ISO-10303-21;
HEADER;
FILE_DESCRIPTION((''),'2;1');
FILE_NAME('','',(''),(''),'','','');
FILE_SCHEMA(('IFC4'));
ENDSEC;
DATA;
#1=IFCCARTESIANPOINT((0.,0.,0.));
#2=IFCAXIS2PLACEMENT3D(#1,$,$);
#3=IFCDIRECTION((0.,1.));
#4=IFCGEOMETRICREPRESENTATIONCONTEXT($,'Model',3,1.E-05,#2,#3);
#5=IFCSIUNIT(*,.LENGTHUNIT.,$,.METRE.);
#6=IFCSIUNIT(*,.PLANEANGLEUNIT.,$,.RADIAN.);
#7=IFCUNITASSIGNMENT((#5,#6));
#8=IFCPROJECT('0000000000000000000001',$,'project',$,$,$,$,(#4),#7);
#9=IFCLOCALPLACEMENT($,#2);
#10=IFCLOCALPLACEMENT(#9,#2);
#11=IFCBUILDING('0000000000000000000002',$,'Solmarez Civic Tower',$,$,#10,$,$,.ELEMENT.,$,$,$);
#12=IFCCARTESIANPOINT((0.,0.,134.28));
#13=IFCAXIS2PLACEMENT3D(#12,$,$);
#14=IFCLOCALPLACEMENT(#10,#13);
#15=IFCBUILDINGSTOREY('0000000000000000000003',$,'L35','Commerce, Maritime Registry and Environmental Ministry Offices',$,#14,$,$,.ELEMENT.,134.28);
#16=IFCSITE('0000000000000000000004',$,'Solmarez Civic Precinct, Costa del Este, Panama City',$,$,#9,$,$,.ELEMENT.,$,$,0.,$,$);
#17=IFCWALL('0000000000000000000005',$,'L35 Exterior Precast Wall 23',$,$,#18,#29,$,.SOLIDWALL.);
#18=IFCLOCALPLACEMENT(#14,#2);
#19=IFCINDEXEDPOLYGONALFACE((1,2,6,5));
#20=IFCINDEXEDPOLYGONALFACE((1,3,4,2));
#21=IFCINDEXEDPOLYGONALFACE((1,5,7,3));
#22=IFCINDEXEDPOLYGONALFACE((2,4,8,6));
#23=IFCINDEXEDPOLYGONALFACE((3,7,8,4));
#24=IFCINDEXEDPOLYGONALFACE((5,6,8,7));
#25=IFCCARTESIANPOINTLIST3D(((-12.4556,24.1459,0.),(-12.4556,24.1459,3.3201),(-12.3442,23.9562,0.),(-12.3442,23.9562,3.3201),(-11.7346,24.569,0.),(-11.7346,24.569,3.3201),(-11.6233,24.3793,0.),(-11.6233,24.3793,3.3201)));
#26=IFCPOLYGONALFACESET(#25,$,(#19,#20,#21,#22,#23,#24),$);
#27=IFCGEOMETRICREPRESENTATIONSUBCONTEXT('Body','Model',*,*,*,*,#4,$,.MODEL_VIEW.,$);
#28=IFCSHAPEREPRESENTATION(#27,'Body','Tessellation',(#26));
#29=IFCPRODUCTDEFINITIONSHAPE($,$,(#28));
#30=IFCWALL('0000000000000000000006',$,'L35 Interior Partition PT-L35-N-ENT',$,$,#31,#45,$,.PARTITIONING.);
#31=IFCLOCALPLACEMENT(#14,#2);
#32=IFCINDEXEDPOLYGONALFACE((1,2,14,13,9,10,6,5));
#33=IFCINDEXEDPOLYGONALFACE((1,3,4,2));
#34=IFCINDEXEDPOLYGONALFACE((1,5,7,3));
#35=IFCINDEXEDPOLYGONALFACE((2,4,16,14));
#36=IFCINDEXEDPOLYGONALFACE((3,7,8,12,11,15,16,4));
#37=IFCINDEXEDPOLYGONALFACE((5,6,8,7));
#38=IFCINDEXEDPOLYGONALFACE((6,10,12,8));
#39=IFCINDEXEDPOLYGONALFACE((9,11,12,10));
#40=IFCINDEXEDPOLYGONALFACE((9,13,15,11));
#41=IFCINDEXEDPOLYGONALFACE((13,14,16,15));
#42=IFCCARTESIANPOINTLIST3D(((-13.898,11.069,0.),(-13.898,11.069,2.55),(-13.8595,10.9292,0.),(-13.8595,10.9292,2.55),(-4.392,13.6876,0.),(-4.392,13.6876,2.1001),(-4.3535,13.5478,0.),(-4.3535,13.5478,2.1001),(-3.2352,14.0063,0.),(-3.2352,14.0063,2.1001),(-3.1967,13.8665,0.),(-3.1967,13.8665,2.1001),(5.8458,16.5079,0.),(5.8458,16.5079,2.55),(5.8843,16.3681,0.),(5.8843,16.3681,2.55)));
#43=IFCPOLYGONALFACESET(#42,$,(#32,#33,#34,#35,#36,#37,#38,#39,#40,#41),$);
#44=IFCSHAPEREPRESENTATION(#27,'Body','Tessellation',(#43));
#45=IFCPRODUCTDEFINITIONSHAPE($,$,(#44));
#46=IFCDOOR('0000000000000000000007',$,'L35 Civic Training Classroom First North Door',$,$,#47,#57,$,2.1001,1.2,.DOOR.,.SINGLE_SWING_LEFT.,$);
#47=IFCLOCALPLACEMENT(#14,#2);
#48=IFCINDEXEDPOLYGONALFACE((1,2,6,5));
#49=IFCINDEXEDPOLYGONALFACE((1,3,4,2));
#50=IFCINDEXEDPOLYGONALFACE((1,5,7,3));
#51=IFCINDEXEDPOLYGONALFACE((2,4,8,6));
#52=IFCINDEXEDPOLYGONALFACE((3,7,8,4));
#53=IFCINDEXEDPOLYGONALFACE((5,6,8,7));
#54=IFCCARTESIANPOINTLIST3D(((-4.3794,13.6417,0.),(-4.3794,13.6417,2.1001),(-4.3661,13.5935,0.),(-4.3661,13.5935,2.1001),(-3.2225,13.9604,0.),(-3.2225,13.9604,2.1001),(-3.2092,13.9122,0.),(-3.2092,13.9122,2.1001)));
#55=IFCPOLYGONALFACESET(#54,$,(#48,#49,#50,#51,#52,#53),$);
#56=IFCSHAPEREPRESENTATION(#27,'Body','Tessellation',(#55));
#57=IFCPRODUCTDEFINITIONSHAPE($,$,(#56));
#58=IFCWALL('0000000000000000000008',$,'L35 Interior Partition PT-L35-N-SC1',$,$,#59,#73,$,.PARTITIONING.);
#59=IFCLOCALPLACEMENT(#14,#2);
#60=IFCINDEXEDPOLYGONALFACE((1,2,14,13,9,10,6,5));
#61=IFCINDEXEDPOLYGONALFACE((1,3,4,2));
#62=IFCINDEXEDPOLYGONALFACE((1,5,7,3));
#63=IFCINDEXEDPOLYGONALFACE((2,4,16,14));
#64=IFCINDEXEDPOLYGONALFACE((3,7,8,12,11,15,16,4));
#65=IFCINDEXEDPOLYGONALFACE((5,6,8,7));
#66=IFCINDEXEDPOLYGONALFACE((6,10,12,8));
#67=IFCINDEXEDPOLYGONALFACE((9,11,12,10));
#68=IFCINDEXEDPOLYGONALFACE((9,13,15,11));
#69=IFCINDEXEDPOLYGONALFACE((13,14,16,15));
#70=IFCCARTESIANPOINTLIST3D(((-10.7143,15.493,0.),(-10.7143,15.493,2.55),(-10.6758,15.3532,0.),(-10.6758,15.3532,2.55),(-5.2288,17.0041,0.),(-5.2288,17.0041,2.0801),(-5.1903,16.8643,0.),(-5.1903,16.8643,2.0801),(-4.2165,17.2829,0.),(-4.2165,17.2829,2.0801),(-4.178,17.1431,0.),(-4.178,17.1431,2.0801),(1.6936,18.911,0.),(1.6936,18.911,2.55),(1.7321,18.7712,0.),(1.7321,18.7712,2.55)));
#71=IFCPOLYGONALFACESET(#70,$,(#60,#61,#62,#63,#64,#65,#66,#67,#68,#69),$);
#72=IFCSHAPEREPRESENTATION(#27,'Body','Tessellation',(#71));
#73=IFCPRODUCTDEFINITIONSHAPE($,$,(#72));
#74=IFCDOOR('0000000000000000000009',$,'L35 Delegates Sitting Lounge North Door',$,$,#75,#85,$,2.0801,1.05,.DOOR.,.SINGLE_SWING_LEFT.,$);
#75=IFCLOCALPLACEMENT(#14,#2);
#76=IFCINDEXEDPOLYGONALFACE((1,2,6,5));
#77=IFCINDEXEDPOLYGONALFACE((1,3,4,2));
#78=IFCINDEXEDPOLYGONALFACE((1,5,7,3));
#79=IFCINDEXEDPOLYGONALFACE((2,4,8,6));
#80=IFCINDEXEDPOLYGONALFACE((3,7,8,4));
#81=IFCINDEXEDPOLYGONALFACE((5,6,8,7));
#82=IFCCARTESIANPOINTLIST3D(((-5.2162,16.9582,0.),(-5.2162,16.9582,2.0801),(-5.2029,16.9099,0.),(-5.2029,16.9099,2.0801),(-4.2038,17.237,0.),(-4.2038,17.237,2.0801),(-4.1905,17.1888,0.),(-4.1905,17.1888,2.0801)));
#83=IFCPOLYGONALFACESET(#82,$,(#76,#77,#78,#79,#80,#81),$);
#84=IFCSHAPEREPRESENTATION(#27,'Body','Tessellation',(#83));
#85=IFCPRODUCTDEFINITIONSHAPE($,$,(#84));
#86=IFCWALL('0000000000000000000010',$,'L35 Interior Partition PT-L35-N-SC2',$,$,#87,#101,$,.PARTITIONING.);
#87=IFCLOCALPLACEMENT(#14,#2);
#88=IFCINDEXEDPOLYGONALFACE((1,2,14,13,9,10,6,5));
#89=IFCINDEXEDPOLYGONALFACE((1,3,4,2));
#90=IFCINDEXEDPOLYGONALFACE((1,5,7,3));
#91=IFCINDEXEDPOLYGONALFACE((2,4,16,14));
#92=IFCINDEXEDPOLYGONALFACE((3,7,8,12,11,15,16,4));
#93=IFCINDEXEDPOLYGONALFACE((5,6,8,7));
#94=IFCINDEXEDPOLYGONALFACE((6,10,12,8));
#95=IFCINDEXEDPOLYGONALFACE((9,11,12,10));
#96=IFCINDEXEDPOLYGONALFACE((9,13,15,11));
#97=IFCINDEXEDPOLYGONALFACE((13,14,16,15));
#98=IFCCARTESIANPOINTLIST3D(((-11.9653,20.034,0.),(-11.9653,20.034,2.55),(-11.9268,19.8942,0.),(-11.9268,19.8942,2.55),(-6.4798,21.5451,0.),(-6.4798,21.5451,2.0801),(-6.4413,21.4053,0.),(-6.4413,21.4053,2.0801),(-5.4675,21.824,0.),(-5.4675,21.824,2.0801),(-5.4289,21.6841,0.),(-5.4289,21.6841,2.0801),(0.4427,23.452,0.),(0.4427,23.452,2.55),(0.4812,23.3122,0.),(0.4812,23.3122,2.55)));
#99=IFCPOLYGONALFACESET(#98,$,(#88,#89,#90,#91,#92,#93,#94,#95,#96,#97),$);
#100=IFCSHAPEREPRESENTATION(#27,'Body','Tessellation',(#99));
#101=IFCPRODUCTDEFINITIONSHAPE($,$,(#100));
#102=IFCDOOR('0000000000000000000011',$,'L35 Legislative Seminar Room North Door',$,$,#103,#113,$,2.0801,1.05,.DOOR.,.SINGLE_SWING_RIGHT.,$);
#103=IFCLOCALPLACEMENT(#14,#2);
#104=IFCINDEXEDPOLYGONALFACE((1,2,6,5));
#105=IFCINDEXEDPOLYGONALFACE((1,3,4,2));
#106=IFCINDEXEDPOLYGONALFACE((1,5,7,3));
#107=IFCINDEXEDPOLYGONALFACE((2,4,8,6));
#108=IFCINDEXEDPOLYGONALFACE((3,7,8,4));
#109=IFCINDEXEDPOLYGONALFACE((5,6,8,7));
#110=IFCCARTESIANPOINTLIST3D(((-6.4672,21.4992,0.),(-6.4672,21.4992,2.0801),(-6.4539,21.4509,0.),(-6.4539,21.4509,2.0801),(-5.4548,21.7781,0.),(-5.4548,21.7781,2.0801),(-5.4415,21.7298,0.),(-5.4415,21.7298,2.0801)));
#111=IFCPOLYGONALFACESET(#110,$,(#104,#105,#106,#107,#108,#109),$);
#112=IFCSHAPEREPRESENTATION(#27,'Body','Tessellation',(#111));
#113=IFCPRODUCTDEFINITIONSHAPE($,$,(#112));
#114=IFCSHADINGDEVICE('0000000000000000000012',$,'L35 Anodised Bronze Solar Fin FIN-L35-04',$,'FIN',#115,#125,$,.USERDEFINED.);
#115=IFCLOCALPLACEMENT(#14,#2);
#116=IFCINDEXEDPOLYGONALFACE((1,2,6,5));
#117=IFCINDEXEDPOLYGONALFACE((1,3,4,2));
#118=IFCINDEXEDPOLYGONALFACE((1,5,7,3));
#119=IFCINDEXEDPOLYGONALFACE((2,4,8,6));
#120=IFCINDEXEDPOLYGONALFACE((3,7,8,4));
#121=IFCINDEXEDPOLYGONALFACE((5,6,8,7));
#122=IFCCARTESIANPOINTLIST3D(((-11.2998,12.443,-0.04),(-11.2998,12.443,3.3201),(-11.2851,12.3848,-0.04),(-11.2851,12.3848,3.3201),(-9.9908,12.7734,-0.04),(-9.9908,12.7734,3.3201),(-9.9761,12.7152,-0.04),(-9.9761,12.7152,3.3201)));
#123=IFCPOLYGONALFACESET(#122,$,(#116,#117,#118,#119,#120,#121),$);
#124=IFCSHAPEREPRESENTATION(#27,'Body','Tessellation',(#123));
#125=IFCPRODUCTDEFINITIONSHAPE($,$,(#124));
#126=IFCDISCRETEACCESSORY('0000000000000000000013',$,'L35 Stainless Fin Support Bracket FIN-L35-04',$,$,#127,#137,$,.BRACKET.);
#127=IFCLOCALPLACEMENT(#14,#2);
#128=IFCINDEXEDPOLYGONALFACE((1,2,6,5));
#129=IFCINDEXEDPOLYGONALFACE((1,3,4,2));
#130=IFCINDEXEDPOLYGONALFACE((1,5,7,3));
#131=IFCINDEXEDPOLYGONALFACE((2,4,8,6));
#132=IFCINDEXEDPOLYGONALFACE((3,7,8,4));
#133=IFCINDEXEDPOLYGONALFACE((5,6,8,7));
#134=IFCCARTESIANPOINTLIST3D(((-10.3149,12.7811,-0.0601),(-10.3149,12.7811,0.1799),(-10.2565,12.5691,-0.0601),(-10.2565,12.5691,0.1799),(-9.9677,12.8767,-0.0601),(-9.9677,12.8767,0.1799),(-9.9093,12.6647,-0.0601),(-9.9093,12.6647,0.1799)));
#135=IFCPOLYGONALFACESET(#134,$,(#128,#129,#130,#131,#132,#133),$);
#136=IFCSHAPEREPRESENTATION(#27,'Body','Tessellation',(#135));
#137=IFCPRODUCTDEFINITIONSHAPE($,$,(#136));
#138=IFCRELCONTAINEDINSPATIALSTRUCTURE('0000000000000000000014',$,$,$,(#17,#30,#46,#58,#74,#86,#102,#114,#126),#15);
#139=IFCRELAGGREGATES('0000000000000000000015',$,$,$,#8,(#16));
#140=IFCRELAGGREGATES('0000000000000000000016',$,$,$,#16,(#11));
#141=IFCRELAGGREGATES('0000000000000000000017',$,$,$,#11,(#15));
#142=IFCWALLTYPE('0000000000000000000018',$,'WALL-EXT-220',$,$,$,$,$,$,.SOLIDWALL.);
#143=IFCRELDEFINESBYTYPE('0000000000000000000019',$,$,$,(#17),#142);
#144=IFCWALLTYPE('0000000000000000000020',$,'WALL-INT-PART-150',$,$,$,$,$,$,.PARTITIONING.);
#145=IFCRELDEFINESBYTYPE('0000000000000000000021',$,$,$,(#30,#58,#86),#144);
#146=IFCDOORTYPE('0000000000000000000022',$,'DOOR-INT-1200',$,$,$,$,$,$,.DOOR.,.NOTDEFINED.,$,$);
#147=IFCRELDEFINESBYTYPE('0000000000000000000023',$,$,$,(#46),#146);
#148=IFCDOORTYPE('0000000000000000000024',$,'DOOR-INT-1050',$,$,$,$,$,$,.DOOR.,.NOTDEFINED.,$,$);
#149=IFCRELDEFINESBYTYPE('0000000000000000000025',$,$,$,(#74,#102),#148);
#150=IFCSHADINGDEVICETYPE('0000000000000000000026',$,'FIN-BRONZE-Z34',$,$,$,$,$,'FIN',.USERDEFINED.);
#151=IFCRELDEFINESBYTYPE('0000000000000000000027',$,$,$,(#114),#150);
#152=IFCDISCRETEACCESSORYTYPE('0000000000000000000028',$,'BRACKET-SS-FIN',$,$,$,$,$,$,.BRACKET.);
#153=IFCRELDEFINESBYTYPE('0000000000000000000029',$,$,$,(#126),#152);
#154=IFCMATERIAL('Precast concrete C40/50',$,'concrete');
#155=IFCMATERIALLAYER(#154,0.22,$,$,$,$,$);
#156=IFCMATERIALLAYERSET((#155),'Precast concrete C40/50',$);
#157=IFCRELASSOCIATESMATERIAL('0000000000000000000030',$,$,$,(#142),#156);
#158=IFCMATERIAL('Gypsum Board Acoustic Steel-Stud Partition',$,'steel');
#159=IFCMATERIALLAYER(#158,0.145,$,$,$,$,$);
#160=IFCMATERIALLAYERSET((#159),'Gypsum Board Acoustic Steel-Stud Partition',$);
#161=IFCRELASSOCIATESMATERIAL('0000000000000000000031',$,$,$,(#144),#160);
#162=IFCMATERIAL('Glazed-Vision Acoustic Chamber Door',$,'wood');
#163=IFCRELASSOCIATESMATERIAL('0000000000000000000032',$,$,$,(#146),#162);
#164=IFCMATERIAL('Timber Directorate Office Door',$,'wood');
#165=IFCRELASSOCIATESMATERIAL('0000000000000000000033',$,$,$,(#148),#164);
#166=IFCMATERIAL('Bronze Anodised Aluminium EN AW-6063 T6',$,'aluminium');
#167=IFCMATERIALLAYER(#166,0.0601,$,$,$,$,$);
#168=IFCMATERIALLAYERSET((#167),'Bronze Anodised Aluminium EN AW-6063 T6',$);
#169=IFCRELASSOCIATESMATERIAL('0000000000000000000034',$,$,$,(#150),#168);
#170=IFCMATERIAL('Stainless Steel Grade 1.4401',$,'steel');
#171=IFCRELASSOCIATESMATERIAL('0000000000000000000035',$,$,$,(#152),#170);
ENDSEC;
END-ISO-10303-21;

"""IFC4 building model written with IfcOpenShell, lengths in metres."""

from ifc_helpers import new_model, si_unit, direction, frame, frame_2d, origin, origin_2d, place, context, subcontext, project, spatial, rectangle, extrude, material, layer, layer_set, type_object, element, fill, save


model = new_model("IFC4")

# Units and contexts
model_context = context("Model", 3, precision=1e-05, world=origin(), true_north=direction((0.0, 1.0)))
body_context = subcontext(model_context, "Body", "Model", "MODEL_VIEW")
ifc_project = project(units=[si_unit("LENGTHUNIT", "METRE"), si_unit("PLANEANGLEUNIT", "RADIAN")], contexts=[model_context])

# Site, building, storey
site_placement = place(None, origin())
site = spatial("IfcSite", under=ifc_project, at=site_placement, Name="Solmarez Civic Precinct, Costa del Este, Panama City", CompositionType="ELEMENT", RefElevation=0.0)
building_placement = place(site_placement, origin())
building = spatial("IfcBuilding", under=site, at=building_placement, Name="Solmarez Civic Tower", CompositionType="ELEMENT")
storey_placement = place(building_placement, frame((0.0, 0.0, 134.28)))
storey = spatial("IfcBuildingStorey", under=building, at=storey_placement, Name="L35", Description="Commerce, Maritime Registry and Environmental Ministry Offices", CompositionType="ELEMENT", Elevation=134.28)

# Shared definitions
ifc_material_1 = material(Name="Bronze Anodised Aluminium EN AW-6063 T6", Category="aluminium")

# Shared definitions
ifc_material_2 = material(Name="Precast concrete C40/50", Category="concrete")
ifc_layer_1 = layer(ifc_material_2, 0.22)
ifc_layer_set_1 = layer_set([ifc_layer_1], Name="Precast concrete C40/50")
wall_type_1 = type_object("IfcWallType", Name="WALL-EXT-220", PredefinedType="SOLIDWALL", material=ifc_layer_set_1)

# Wall
wall_1_placement = place(storey_placement, frame((-12.3999, 24.051, 0.0), z_axis=(0.0, 0.0, 1.0), x_axis=(0.862452, 0.506139, 0.0)))
element("IfcWall", 1, at=wall_1_placement, inside=storey, type_object=wall_type_1, Name="L35 Exterior Precast Wall 23", PredefinedType="SOLIDWALL", context=body_context, shape_type="SweptSolid", body=[
    extrude(rectangle(XDim=0.8359, YDim=0.22, at=frame_2d((0.418, 0.0))), origin(), (0.0, 0.0, 1.0), 3.3201),
])

# Walls, openings, doors
ifc_material_3 = material(Name="Gypsum Board Acoustic Steel-Stud Partition", Category="steel")
ifc_layer_2 = layer(ifc_material_3, 0.145)
ifc_layer_set_2 = layer_set([ifc_layer_2], Name="Gypsum Board Acoustic Steel-Stud Partition")
wall_type_2 = type_object("IfcWallType", Name="WALL-INT-PART-150", PredefinedType="PARTITIONING", material=ifc_layer_set_2)
wall_2_placement = place(storey_placement, frame((-13.8789, 10.999, 0.0), z_axis=(0.0, 0.0, 1.0), x_axis=(0.964088, 0.265583, 0.0)))
wall_2 = element("IfcWall", 2, at=wall_2_placement, inside=storey, type_object=wall_type_2, Name="L35 Interior Partition PT-L35-N-ENT", PredefinedType="PARTITIONING", context=body_context, shape_type="SweptSolid", body=[
    extrude(rectangle(XDim=20.4792, YDim=0.145, at=frame_2d((10.2397, 0.0))), origin(), (0.0, 0.0, 1.0), 2.55),
])
opening_1_placement = place(wall_2_placement, frame((9.8601, 0.0, 0.0)))
opening_1 = element("IfcOpeningElement", 3, at=opening_1_placement, cuts=wall_2, PredefinedType="OPENING", context=body_context, shape_type="SweptSolid", body=[
    extrude(rectangle(XDim=1.2, YDim=2.1001, at=frame_2d((0.6001, 1.05))), frame((0.0, 0.0825, 0.0), z_axis=(0.0, -1.0, 0.0), x_axis=(1.0, 0.0, 0.0)), (0.0, 0.0, 1.0), 0.165),
])
ifc_material_4 = material(Name="Glazed-Vision Acoustic Chamber Door", Category="wood")
door_type_1 = type_object("IfcDoorType", Name="DOOR-INT-1200", OperationType="NOTDEFINED", PredefinedType="DOOR", material=ifc_material_4)
door_1_placement = place(opening_1_placement, origin())
door_1 = element("IfcDoor", 4, at=door_1_placement, inside=storey, type_object=door_type_1, Name="L35 Civic Training Classroom First North Door", OperationType="SINGLE_SWING_LEFT", OverallHeight=2.1001, OverallWidth=1.2, PredefinedType="DOOR", context=body_context, shape_type="SweptSolid", body=[
    extrude(rectangle(XDim=1.2, YDim=2.1001, at=frame_2d((0.6001, 1.05))), frame((0.0, 0.0249, 0.0), z_axis=(0.0, -1.0, 0.0), x_axis=(1.0, 0.0, 0.0)), (0.0, 0.0, 1.0), 0.05),
])
fill(opening_1, door_1)
wall_3_placement = place(storey_placement, frame((-10.6951, 15.4231, 0.0), z_axis=(0.0, 0.0, 1.0), x_axis=(0.96409, 0.265574, 0.0)))
wall_3 = element("IfcWall", 5, at=wall_3_placement, inside=storey, type_object=wall_type_2, Name="L35 Interior Partition PT-L35-N-SC1", PredefinedType="PARTITIONING", context=body_context, shape_type="SweptSolid", body=[
    extrude(rectangle(XDim=12.8701, YDim=0.145, at=frame_2d((6.4351, 0.0))), origin(), (0.0, 0.0, 1.0), 2.55),
])
opening_2_placement = place(wall_3_placement, frame((5.6899, 0.0, 0.0)))
opening_2 = element("IfcOpeningElement", 6, at=opening_2_placement, cuts=wall_3, PredefinedType="OPENING", context=body_context, shape_type="SweptSolid", body=[
    extrude(rectangle(XDim=1.05, YDim=2.0801, at=frame_2d((0.5249, 1.04))), frame((0.0, 0.0825, 0.0), z_axis=(0.0, -1.0, 0.0), x_axis=(1.0, 0.0, 0.0)), (0.0, 0.0, 1.0), 0.165),
])
ifc_material_5 = material(Name="Timber Directorate Office Door", Category="wood")
door_type_2 = type_object("IfcDoorType", Name="DOOR-INT-1050", OperationType="NOTDEFINED", PredefinedType="DOOR", material=ifc_material_5)
door_2_placement = place(opening_2_placement, origin())
door_2 = element("IfcDoor", 7, at=door_2_placement, inside=storey, type_object=door_type_2, Name="L35 Delegates Sitting Lounge North Door", OperationType="SINGLE_SWING_LEFT", OverallHeight=2.0801, OverallWidth=1.05, PredefinedType="DOOR", context=body_context, shape_type="SweptSolid", body=[
    extrude(rectangle(XDim=1.05, YDim=2.0801, at=frame_2d((0.5249, 1.04))), frame((0.0, 0.0249, 0.0), z_axis=(0.0, -1.0, 0.0), x_axis=(1.0, 0.0, 0.0)), (0.0, 0.0, 1.0), 0.05),
])
fill(opening_2, door_2)
wall_4_placement = place(storey_placement, frame((-11.946, 19.9641, 0.0), z_axis=(0.0, 0.0, 1.0), x_axis=(0.96409, 0.265574, 0.0)))
wall_4 = element("IfcWall", 8, at=wall_4_placement, inside=storey, type_object=wall_type_2, Name="L35 Interior Partition PT-L35-N-SC2", PredefinedType="PARTITIONING", context=body_context, shape_type="SweptSolid", body=[
    extrude(rectangle(XDim=12.8701, YDim=0.145, at=frame_2d((6.4351, 0.0))), origin(), (0.0, 0.0, 1.0), 2.55),
])
opening_3_placement = place(wall_4_placement, frame((5.6899, 0.0, 0.0)))
opening_3 = element("IfcOpeningElement", 9, at=opening_3_placement, cuts=wall_4, PredefinedType="OPENING", context=body_context, shape_type="SweptSolid", body=[
    extrude(rectangle(XDim=1.05, YDim=2.0801, at=frame_2d((0.5249, 1.04))), frame((0.0, 0.0825, 0.0), z_axis=(0.0, -1.0, 0.0), x_axis=(1.0, 0.0, 0.0)), (0.0, 0.0, 1.0), 0.165),
])
door_3_placement = place(opening_3_placement, origin())
door_3 = element("IfcDoor", 10, at=door_3_placement, inside=storey, type_object=door_type_2, Name="L35 Legislative Seminar Room North Door", OperationType="SINGLE_SWING_RIGHT", OverallHeight=2.0801, OverallWidth=1.05, PredefinedType="DOOR", context=body_context, shape_type="SweptSolid", body=[
    extrude(rectangle(XDim=1.05, YDim=2.0801, at=frame_2d((0.5249, 1.04))), frame((0.0, 0.0249, 0.0), z_axis=(0.0, -1.0, 0.0), x_axis=(1.0, 0.0, 0.0)), (0.0, 0.0, 1.0), 0.05),
])
fill(opening_3, door_3)

# Shading device
ifc_layer_3 = layer(ifc_material_1, 0.0601)
ifc_layer_set_3 = layer_set([ifc_layer_3], Name="Bronze Anodised Aluminium EN AW-6063 T6")
shading_device_type = type_object("IfcShadingDeviceType", Name="FIN-BRONZE-Z34", ElementType="FIN", PredefinedType="USERDEFINED", material=ifc_layer_set_3)
shading_device_placement = place(storey_placement, frame((-10.6379, 12.5791, -0.04), z_axis=(0.0, 0.0, 1.0), x_axis=(-0.969582, -0.244766, 0.0)))
element("IfcShadingDevice", 11, at=shading_device_placement, inside=storey, type_object=shading_device_type, Name="L35 Anodised Bronze Solar Fin FIN-L35-04", ObjectType="FIN", PredefinedType="USERDEFINED", context=body_context, shape_type="SweptSolid", body=[
    extrude(rectangle(XDim=1.3501, YDim=0.0601, at=origin_2d()), origin(), (0.0, 0.0, 1.0), 3.3601),
])

# Discrete accessory
ifc_material_6 = material(Name="Stainless Steel Grade 1.4401", Category="steel")
discrete_accessory_type = type_object("IfcDiscreteAccessoryType", Name="BRACKET-SS-FIN", PredefinedType="BRACKET", material=ifc_material_6)
discrete_accessory_placement = place(storey_placement, frame((-10.1121, 12.7229, -0.0601), z_axis=(0.0, 0.0, 1.0), x_axis=(-0.96411, -0.265503, 0.0)))
element("IfcDiscreteAccessory", 12, at=discrete_accessory_placement, inside=storey, type_object=discrete_accessory_type, Name="L35 Stainless Fin Support Bracket FIN-L35-04", PredefinedType="BRACKET", context=body_context, shape_type="SweptSolid", body=[
    extrude(rectangle(XDim=0.3601, YDim=0.22, at=origin_2d()), origin(), (0.0, 0.0, 1.0), 0.24),
])

save(model, "model.ifc")
